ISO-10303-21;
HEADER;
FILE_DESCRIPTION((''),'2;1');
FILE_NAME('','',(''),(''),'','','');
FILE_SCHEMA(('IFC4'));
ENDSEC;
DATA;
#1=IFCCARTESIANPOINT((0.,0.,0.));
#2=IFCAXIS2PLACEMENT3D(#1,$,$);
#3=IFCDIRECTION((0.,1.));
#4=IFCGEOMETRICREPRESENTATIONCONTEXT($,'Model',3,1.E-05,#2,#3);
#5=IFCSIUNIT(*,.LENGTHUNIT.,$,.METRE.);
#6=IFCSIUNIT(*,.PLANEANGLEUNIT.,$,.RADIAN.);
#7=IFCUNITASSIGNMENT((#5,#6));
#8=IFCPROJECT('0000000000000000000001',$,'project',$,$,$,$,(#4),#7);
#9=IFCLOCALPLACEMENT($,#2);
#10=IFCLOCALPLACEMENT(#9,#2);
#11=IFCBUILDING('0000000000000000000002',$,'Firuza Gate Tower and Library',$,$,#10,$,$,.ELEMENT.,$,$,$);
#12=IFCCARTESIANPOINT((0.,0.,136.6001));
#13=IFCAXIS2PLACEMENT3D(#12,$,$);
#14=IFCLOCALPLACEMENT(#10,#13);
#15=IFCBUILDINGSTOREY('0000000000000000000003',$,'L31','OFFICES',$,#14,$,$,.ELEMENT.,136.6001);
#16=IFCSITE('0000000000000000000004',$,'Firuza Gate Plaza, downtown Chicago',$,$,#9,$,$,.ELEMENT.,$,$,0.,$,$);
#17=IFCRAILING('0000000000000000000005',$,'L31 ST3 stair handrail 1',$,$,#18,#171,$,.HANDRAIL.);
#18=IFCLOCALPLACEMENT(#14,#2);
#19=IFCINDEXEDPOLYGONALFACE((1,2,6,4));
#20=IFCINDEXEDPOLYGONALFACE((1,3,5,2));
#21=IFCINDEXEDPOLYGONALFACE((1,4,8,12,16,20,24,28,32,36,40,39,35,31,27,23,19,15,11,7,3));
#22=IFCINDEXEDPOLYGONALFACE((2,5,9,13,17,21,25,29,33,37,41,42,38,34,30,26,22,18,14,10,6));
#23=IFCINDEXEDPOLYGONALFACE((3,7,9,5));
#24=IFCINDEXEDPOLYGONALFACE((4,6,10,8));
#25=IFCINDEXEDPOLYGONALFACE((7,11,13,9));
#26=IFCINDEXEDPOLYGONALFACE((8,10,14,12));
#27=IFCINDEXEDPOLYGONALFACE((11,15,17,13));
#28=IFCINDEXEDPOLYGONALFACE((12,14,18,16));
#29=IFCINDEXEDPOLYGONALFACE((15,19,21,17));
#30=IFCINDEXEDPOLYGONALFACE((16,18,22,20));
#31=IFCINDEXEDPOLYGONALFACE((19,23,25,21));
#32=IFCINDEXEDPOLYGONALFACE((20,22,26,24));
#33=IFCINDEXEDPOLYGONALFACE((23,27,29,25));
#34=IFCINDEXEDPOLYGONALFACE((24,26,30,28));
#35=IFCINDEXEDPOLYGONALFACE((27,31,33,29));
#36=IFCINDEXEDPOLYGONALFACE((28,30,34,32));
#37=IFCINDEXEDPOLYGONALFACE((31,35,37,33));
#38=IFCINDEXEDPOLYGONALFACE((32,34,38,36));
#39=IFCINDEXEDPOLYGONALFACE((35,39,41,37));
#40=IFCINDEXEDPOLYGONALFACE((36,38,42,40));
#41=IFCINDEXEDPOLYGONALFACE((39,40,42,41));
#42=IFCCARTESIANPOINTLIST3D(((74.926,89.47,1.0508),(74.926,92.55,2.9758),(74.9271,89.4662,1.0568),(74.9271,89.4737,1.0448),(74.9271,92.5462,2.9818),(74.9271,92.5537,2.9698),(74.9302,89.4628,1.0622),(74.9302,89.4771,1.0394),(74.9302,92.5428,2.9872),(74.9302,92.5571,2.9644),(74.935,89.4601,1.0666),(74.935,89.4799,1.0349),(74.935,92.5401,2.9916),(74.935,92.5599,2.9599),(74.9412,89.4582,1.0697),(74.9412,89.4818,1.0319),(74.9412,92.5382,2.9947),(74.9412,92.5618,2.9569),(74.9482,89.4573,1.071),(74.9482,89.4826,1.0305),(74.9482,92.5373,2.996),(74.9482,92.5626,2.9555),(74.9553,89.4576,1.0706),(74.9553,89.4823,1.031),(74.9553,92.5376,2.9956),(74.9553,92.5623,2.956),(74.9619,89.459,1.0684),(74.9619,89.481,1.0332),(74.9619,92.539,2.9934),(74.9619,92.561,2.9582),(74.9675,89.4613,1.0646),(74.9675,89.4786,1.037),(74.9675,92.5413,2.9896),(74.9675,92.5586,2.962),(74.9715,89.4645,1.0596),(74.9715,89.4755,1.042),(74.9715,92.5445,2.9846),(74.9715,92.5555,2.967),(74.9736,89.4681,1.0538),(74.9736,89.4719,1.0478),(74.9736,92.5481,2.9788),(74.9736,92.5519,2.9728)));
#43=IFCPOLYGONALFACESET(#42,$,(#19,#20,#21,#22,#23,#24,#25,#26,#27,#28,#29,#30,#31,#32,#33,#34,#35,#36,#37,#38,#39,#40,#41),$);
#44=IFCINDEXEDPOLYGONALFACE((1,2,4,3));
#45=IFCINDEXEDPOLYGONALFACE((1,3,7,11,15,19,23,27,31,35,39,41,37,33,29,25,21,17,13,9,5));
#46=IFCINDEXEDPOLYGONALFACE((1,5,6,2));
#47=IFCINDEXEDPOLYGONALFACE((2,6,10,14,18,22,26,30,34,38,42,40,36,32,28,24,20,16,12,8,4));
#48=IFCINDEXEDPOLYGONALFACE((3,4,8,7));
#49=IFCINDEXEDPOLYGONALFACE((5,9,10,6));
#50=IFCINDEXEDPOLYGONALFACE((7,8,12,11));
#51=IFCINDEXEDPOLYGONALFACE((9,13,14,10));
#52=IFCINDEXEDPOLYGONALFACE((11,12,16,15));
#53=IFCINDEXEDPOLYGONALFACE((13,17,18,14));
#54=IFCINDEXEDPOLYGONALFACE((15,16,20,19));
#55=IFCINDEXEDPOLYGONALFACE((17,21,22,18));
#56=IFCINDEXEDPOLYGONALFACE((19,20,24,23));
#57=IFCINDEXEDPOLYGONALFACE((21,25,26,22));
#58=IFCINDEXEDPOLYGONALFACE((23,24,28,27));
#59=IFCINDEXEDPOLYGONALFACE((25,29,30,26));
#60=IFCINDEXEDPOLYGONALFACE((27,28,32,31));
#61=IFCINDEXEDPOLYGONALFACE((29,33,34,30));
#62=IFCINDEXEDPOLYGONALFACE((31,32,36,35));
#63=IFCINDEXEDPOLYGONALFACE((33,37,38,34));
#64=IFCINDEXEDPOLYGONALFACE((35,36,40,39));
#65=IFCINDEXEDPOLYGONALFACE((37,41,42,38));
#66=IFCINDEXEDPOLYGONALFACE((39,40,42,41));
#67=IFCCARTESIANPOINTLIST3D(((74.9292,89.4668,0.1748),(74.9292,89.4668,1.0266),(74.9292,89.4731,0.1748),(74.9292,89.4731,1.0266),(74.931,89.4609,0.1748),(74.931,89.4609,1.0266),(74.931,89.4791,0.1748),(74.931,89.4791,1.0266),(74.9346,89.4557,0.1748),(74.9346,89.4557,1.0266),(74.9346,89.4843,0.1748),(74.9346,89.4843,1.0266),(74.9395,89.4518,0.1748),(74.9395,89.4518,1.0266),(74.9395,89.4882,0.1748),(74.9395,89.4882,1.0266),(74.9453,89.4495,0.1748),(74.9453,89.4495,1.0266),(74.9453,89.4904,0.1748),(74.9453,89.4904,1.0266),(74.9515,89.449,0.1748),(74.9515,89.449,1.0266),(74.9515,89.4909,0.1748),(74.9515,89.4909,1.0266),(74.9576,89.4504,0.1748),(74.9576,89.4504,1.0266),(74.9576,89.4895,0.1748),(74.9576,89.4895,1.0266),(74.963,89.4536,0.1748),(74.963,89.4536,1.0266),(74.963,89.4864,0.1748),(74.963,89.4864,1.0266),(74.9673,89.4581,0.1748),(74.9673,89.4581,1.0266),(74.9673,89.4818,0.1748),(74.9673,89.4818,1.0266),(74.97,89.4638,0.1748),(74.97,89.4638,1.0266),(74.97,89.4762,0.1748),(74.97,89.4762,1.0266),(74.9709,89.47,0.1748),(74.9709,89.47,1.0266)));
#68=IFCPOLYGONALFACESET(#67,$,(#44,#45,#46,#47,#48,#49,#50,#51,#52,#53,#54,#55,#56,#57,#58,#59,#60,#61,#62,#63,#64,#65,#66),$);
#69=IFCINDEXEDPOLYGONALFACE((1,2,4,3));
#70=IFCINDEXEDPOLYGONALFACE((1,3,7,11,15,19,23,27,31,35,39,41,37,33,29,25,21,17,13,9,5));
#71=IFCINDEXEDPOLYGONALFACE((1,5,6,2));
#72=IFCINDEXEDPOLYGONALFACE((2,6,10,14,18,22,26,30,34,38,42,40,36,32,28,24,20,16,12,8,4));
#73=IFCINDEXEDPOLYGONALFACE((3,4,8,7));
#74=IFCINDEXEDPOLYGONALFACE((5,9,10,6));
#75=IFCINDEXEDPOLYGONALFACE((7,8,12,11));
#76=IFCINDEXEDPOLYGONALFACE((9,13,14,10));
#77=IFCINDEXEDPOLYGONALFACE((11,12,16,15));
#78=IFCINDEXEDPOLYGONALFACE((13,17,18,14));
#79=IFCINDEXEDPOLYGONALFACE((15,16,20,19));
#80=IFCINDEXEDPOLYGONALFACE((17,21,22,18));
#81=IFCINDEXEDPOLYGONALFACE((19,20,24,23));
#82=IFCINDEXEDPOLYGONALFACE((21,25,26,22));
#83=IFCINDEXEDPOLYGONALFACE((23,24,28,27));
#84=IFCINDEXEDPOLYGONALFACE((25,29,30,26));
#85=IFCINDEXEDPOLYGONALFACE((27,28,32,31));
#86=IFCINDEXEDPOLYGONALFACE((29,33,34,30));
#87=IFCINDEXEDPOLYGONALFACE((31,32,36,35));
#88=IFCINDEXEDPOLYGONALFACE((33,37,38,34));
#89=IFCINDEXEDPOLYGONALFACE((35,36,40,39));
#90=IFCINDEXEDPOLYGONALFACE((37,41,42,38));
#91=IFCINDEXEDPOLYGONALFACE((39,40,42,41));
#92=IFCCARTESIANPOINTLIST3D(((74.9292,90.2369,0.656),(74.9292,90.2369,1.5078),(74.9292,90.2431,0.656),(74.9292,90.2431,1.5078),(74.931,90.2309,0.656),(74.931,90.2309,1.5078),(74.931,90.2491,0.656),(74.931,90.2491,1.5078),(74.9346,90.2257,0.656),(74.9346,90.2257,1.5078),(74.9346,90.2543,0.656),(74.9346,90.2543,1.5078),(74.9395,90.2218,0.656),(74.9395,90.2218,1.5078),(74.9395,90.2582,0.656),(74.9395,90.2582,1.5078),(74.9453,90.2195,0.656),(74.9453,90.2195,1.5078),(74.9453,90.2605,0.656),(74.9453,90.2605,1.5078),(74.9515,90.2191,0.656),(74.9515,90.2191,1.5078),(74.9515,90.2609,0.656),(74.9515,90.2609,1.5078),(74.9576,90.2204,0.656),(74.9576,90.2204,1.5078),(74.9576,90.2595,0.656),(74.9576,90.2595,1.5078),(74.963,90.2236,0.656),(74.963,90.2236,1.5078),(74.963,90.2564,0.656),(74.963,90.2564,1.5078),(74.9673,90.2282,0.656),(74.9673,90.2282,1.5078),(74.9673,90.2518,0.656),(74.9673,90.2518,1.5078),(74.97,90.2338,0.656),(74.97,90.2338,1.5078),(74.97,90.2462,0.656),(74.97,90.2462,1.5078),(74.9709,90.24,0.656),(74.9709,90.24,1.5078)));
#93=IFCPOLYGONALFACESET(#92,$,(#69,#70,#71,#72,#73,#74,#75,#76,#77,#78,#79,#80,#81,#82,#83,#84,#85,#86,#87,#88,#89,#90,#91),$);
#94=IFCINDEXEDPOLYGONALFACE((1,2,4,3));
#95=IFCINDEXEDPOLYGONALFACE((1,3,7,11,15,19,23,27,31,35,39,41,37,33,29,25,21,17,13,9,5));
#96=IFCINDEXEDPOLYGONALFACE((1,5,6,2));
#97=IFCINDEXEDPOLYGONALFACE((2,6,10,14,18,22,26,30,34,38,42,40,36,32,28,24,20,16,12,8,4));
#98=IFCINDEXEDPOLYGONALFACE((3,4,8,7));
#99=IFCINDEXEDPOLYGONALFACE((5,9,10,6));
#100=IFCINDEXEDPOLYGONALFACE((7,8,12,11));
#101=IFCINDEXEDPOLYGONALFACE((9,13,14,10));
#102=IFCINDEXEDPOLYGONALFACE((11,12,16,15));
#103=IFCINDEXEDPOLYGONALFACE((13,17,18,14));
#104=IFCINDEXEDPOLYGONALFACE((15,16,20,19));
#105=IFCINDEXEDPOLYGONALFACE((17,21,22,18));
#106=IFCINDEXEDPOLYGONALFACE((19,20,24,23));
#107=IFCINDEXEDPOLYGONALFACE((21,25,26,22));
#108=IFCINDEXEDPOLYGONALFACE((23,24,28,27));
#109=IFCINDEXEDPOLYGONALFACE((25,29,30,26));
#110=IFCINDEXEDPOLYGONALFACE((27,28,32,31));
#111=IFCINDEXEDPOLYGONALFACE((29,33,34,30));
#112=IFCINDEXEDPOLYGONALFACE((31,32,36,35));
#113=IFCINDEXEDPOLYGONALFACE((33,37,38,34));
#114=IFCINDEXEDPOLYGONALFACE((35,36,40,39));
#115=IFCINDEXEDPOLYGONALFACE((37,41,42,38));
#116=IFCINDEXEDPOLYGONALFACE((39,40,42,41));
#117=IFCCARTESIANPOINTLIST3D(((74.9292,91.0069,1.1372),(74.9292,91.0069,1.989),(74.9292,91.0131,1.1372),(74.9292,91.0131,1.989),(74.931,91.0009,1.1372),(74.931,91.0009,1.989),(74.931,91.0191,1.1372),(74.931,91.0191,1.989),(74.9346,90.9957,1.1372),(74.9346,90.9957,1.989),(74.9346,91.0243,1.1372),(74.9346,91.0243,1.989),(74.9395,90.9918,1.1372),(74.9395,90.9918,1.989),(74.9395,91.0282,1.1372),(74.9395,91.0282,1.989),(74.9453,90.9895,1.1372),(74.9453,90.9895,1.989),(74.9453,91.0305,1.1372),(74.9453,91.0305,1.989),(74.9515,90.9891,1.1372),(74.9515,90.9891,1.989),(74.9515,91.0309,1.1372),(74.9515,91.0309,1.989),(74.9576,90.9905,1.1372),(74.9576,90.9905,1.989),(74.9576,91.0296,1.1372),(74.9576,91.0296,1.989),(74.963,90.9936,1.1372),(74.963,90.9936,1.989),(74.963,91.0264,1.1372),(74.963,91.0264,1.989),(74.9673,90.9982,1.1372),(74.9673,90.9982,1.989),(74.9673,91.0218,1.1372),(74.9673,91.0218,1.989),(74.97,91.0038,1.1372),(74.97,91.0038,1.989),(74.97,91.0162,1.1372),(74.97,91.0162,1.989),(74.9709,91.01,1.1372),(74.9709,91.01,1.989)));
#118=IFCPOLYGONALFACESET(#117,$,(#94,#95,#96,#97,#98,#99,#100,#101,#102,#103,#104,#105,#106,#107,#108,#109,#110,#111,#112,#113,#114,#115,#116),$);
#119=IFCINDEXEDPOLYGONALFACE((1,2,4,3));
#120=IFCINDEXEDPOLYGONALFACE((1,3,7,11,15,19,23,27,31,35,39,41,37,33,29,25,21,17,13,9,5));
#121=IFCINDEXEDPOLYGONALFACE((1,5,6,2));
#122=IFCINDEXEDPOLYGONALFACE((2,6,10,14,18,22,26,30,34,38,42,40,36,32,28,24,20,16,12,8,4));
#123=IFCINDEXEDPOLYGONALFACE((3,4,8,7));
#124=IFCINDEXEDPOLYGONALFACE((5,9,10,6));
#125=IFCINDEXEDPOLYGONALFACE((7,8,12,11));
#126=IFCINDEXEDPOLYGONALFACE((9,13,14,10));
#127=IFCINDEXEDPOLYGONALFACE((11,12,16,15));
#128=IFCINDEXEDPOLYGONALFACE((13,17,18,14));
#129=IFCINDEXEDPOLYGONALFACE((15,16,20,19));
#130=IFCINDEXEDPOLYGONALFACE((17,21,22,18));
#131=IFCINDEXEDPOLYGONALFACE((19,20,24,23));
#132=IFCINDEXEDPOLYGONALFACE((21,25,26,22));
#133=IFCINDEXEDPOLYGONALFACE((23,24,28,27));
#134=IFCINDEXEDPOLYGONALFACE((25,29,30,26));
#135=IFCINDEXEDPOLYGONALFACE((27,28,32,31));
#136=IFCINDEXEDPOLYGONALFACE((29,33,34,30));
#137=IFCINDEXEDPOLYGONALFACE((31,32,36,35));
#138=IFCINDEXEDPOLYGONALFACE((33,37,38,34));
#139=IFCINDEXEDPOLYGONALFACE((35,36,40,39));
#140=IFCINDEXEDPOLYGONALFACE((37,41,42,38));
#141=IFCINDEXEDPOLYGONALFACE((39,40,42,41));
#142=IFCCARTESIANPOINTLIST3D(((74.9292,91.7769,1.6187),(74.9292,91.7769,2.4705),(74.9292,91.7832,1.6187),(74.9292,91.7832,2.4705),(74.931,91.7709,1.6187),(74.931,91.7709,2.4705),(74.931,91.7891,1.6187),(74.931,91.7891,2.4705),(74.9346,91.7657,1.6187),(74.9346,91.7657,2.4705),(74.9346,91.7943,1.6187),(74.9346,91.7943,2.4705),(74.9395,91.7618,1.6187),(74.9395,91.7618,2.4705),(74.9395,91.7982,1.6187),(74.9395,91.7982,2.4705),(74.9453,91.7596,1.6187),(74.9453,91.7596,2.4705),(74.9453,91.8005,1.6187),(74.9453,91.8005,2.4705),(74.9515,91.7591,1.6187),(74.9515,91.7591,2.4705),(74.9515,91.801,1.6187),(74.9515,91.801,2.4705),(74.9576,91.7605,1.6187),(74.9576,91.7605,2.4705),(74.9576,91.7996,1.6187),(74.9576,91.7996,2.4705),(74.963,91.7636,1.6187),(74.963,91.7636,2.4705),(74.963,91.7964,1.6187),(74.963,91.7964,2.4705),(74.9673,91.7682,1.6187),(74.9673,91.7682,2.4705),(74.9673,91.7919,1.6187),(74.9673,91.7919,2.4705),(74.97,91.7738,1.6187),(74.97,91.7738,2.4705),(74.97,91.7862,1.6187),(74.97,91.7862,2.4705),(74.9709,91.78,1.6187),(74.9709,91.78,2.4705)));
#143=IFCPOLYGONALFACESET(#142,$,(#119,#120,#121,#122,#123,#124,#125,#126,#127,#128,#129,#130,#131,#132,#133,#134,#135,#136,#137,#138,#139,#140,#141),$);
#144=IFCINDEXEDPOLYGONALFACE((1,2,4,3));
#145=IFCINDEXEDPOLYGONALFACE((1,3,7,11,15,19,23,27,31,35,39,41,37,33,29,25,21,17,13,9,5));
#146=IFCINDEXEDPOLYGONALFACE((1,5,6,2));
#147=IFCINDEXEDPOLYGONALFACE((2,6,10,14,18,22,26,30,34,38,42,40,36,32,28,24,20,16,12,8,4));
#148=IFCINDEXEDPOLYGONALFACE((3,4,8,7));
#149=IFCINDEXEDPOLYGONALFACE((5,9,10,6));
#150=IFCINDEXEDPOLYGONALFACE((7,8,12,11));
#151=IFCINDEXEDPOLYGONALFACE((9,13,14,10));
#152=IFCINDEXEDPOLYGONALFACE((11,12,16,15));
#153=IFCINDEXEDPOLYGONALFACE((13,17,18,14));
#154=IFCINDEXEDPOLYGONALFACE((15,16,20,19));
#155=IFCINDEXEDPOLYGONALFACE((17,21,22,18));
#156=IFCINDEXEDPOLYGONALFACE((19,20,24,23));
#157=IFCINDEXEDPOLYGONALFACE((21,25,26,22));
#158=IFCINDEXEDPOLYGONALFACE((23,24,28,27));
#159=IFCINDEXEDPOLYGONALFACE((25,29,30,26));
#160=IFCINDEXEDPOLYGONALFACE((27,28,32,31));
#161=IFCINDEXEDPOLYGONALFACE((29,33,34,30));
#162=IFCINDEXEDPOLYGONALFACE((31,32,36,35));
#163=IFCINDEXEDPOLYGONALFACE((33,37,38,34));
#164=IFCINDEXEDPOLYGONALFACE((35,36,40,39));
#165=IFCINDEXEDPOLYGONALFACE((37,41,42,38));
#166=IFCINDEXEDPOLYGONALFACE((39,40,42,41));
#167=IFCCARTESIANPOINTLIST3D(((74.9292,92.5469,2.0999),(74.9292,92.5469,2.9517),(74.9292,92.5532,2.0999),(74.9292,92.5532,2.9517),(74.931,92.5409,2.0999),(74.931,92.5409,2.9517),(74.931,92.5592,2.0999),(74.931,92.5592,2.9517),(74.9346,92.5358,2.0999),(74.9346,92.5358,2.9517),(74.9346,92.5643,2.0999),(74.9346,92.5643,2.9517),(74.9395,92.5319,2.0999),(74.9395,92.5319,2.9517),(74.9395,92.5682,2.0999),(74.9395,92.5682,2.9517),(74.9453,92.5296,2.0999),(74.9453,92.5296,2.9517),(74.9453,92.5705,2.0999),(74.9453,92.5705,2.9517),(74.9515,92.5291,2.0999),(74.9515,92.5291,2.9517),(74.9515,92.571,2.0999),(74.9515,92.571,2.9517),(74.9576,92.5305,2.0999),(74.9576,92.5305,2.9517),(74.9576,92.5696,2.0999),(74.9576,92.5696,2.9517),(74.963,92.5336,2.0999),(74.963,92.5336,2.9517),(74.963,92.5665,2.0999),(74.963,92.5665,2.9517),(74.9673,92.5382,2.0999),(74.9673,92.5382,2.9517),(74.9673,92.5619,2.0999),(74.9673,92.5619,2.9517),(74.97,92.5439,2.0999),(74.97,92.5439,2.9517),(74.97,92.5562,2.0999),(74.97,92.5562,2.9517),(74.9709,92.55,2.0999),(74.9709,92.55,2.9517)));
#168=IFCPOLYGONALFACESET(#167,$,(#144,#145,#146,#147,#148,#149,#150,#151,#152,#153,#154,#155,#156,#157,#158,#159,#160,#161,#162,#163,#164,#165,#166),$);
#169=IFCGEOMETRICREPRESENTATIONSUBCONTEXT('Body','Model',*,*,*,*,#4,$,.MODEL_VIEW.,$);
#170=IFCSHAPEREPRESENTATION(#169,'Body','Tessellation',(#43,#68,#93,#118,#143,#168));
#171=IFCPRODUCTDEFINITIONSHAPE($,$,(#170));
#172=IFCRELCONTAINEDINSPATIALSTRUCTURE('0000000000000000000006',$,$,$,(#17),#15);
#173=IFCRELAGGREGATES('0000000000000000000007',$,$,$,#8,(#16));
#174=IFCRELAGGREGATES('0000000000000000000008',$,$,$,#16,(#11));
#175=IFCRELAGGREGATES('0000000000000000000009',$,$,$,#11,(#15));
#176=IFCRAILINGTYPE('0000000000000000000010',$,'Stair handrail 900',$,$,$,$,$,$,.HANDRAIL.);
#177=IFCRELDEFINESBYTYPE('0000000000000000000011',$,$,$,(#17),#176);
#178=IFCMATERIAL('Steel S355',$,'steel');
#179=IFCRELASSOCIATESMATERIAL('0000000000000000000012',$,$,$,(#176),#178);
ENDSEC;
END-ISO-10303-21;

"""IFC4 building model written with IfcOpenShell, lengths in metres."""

from ifc_helpers import new_model, si_unit, direction, frame, origin, origin_2d, place, context, subcontext, project, spatial, circle, extrude, material, type_object, element, save


model = new_model("IFC4")

# Units and contexts
model_context = context("Model", 3, precision=1e-05, world=origin(), true_north=direction((0.0, 1.0)))
body_context = subcontext(model_context, "Body", "Model", "MODEL_VIEW")
ifc_project = project(units=[si_unit("LENGTHUNIT", "METRE"), si_unit("PLANEANGLEUNIT", "RADIAN")], contexts=[model_context])

# Site, building, storey
site_placement = place(None, origin())
site = spatial("IfcSite", under=ifc_project, at=site_placement, Name="Firuza Gate Plaza, downtown Chicago", CompositionType="ELEMENT", RefElevation=0.0)
building_placement = place(site_placement, origin())
building = spatial("IfcBuilding", under=site, at=building_placement, Name="Firuza Gate Tower and Library", CompositionType="ELEMENT")
storey_placement = place(building_placement, frame((0.0, 0.0, 136.6001)))
storey = spatial("IfcBuildingStorey", under=building, at=storey_placement, Name="L31", Description="OFFICES", CompositionType="ELEMENT", Elevation=136.6001)

# Railing
ifc_material_1 = material(Name="Steel S355", Category="steel")
railing_type = type_object("IfcRailingType", Name="Stair handrail 900", PredefinedType="HANDRAIL", material=ifc_material_1)
railing_placement = place(storey_placement, frame((74.95, 89.47, 0.1748)))
element("IfcRailing", 1, at=railing_placement, inside=storey, type_object=railing_type, Name="L31 ST3 stair handrail 1", PredefinedType="HANDRAIL", context=body_context, shape_type="SweptSolid", body=[
    extrude(circle(Radius=0.0239, at=origin_2d()), frame((0.0, 0.0, 0.876), z_axis=(0.0, 0.847998, 0.529999), x_axis=(-1.0, 0.0, 0.0)), (0.0, 0.0, 1.0), 3.6321),
    extrude(circle(Radius=0.021, at=origin_2d()), origin(), (0.0, 0.0, 1.0), 0.8518),
    extrude(circle(Radius=0.021, at=origin_2d()), frame((0.0, 0.77, 0.4812)), (0.0, 0.0, 1.0), 0.8518),
    extrude(circle(Radius=0.021, at=origin_2d()), frame((0.0, 1.54, 0.9624)), (0.0, 0.0, 1.0), 0.8518),
    extrude(circle(Radius=0.021, at=origin_2d()), frame((0.0, 2.3101, 1.4438)), (0.0, 0.0, 1.0), 0.8518),
    extrude(circle(Radius=0.021, at=origin_2d()), frame((0.0, 3.0801, 1.925)), (0.0, 0.0, 1.0), 0.8518),
])

save(model, "model.ifc")
